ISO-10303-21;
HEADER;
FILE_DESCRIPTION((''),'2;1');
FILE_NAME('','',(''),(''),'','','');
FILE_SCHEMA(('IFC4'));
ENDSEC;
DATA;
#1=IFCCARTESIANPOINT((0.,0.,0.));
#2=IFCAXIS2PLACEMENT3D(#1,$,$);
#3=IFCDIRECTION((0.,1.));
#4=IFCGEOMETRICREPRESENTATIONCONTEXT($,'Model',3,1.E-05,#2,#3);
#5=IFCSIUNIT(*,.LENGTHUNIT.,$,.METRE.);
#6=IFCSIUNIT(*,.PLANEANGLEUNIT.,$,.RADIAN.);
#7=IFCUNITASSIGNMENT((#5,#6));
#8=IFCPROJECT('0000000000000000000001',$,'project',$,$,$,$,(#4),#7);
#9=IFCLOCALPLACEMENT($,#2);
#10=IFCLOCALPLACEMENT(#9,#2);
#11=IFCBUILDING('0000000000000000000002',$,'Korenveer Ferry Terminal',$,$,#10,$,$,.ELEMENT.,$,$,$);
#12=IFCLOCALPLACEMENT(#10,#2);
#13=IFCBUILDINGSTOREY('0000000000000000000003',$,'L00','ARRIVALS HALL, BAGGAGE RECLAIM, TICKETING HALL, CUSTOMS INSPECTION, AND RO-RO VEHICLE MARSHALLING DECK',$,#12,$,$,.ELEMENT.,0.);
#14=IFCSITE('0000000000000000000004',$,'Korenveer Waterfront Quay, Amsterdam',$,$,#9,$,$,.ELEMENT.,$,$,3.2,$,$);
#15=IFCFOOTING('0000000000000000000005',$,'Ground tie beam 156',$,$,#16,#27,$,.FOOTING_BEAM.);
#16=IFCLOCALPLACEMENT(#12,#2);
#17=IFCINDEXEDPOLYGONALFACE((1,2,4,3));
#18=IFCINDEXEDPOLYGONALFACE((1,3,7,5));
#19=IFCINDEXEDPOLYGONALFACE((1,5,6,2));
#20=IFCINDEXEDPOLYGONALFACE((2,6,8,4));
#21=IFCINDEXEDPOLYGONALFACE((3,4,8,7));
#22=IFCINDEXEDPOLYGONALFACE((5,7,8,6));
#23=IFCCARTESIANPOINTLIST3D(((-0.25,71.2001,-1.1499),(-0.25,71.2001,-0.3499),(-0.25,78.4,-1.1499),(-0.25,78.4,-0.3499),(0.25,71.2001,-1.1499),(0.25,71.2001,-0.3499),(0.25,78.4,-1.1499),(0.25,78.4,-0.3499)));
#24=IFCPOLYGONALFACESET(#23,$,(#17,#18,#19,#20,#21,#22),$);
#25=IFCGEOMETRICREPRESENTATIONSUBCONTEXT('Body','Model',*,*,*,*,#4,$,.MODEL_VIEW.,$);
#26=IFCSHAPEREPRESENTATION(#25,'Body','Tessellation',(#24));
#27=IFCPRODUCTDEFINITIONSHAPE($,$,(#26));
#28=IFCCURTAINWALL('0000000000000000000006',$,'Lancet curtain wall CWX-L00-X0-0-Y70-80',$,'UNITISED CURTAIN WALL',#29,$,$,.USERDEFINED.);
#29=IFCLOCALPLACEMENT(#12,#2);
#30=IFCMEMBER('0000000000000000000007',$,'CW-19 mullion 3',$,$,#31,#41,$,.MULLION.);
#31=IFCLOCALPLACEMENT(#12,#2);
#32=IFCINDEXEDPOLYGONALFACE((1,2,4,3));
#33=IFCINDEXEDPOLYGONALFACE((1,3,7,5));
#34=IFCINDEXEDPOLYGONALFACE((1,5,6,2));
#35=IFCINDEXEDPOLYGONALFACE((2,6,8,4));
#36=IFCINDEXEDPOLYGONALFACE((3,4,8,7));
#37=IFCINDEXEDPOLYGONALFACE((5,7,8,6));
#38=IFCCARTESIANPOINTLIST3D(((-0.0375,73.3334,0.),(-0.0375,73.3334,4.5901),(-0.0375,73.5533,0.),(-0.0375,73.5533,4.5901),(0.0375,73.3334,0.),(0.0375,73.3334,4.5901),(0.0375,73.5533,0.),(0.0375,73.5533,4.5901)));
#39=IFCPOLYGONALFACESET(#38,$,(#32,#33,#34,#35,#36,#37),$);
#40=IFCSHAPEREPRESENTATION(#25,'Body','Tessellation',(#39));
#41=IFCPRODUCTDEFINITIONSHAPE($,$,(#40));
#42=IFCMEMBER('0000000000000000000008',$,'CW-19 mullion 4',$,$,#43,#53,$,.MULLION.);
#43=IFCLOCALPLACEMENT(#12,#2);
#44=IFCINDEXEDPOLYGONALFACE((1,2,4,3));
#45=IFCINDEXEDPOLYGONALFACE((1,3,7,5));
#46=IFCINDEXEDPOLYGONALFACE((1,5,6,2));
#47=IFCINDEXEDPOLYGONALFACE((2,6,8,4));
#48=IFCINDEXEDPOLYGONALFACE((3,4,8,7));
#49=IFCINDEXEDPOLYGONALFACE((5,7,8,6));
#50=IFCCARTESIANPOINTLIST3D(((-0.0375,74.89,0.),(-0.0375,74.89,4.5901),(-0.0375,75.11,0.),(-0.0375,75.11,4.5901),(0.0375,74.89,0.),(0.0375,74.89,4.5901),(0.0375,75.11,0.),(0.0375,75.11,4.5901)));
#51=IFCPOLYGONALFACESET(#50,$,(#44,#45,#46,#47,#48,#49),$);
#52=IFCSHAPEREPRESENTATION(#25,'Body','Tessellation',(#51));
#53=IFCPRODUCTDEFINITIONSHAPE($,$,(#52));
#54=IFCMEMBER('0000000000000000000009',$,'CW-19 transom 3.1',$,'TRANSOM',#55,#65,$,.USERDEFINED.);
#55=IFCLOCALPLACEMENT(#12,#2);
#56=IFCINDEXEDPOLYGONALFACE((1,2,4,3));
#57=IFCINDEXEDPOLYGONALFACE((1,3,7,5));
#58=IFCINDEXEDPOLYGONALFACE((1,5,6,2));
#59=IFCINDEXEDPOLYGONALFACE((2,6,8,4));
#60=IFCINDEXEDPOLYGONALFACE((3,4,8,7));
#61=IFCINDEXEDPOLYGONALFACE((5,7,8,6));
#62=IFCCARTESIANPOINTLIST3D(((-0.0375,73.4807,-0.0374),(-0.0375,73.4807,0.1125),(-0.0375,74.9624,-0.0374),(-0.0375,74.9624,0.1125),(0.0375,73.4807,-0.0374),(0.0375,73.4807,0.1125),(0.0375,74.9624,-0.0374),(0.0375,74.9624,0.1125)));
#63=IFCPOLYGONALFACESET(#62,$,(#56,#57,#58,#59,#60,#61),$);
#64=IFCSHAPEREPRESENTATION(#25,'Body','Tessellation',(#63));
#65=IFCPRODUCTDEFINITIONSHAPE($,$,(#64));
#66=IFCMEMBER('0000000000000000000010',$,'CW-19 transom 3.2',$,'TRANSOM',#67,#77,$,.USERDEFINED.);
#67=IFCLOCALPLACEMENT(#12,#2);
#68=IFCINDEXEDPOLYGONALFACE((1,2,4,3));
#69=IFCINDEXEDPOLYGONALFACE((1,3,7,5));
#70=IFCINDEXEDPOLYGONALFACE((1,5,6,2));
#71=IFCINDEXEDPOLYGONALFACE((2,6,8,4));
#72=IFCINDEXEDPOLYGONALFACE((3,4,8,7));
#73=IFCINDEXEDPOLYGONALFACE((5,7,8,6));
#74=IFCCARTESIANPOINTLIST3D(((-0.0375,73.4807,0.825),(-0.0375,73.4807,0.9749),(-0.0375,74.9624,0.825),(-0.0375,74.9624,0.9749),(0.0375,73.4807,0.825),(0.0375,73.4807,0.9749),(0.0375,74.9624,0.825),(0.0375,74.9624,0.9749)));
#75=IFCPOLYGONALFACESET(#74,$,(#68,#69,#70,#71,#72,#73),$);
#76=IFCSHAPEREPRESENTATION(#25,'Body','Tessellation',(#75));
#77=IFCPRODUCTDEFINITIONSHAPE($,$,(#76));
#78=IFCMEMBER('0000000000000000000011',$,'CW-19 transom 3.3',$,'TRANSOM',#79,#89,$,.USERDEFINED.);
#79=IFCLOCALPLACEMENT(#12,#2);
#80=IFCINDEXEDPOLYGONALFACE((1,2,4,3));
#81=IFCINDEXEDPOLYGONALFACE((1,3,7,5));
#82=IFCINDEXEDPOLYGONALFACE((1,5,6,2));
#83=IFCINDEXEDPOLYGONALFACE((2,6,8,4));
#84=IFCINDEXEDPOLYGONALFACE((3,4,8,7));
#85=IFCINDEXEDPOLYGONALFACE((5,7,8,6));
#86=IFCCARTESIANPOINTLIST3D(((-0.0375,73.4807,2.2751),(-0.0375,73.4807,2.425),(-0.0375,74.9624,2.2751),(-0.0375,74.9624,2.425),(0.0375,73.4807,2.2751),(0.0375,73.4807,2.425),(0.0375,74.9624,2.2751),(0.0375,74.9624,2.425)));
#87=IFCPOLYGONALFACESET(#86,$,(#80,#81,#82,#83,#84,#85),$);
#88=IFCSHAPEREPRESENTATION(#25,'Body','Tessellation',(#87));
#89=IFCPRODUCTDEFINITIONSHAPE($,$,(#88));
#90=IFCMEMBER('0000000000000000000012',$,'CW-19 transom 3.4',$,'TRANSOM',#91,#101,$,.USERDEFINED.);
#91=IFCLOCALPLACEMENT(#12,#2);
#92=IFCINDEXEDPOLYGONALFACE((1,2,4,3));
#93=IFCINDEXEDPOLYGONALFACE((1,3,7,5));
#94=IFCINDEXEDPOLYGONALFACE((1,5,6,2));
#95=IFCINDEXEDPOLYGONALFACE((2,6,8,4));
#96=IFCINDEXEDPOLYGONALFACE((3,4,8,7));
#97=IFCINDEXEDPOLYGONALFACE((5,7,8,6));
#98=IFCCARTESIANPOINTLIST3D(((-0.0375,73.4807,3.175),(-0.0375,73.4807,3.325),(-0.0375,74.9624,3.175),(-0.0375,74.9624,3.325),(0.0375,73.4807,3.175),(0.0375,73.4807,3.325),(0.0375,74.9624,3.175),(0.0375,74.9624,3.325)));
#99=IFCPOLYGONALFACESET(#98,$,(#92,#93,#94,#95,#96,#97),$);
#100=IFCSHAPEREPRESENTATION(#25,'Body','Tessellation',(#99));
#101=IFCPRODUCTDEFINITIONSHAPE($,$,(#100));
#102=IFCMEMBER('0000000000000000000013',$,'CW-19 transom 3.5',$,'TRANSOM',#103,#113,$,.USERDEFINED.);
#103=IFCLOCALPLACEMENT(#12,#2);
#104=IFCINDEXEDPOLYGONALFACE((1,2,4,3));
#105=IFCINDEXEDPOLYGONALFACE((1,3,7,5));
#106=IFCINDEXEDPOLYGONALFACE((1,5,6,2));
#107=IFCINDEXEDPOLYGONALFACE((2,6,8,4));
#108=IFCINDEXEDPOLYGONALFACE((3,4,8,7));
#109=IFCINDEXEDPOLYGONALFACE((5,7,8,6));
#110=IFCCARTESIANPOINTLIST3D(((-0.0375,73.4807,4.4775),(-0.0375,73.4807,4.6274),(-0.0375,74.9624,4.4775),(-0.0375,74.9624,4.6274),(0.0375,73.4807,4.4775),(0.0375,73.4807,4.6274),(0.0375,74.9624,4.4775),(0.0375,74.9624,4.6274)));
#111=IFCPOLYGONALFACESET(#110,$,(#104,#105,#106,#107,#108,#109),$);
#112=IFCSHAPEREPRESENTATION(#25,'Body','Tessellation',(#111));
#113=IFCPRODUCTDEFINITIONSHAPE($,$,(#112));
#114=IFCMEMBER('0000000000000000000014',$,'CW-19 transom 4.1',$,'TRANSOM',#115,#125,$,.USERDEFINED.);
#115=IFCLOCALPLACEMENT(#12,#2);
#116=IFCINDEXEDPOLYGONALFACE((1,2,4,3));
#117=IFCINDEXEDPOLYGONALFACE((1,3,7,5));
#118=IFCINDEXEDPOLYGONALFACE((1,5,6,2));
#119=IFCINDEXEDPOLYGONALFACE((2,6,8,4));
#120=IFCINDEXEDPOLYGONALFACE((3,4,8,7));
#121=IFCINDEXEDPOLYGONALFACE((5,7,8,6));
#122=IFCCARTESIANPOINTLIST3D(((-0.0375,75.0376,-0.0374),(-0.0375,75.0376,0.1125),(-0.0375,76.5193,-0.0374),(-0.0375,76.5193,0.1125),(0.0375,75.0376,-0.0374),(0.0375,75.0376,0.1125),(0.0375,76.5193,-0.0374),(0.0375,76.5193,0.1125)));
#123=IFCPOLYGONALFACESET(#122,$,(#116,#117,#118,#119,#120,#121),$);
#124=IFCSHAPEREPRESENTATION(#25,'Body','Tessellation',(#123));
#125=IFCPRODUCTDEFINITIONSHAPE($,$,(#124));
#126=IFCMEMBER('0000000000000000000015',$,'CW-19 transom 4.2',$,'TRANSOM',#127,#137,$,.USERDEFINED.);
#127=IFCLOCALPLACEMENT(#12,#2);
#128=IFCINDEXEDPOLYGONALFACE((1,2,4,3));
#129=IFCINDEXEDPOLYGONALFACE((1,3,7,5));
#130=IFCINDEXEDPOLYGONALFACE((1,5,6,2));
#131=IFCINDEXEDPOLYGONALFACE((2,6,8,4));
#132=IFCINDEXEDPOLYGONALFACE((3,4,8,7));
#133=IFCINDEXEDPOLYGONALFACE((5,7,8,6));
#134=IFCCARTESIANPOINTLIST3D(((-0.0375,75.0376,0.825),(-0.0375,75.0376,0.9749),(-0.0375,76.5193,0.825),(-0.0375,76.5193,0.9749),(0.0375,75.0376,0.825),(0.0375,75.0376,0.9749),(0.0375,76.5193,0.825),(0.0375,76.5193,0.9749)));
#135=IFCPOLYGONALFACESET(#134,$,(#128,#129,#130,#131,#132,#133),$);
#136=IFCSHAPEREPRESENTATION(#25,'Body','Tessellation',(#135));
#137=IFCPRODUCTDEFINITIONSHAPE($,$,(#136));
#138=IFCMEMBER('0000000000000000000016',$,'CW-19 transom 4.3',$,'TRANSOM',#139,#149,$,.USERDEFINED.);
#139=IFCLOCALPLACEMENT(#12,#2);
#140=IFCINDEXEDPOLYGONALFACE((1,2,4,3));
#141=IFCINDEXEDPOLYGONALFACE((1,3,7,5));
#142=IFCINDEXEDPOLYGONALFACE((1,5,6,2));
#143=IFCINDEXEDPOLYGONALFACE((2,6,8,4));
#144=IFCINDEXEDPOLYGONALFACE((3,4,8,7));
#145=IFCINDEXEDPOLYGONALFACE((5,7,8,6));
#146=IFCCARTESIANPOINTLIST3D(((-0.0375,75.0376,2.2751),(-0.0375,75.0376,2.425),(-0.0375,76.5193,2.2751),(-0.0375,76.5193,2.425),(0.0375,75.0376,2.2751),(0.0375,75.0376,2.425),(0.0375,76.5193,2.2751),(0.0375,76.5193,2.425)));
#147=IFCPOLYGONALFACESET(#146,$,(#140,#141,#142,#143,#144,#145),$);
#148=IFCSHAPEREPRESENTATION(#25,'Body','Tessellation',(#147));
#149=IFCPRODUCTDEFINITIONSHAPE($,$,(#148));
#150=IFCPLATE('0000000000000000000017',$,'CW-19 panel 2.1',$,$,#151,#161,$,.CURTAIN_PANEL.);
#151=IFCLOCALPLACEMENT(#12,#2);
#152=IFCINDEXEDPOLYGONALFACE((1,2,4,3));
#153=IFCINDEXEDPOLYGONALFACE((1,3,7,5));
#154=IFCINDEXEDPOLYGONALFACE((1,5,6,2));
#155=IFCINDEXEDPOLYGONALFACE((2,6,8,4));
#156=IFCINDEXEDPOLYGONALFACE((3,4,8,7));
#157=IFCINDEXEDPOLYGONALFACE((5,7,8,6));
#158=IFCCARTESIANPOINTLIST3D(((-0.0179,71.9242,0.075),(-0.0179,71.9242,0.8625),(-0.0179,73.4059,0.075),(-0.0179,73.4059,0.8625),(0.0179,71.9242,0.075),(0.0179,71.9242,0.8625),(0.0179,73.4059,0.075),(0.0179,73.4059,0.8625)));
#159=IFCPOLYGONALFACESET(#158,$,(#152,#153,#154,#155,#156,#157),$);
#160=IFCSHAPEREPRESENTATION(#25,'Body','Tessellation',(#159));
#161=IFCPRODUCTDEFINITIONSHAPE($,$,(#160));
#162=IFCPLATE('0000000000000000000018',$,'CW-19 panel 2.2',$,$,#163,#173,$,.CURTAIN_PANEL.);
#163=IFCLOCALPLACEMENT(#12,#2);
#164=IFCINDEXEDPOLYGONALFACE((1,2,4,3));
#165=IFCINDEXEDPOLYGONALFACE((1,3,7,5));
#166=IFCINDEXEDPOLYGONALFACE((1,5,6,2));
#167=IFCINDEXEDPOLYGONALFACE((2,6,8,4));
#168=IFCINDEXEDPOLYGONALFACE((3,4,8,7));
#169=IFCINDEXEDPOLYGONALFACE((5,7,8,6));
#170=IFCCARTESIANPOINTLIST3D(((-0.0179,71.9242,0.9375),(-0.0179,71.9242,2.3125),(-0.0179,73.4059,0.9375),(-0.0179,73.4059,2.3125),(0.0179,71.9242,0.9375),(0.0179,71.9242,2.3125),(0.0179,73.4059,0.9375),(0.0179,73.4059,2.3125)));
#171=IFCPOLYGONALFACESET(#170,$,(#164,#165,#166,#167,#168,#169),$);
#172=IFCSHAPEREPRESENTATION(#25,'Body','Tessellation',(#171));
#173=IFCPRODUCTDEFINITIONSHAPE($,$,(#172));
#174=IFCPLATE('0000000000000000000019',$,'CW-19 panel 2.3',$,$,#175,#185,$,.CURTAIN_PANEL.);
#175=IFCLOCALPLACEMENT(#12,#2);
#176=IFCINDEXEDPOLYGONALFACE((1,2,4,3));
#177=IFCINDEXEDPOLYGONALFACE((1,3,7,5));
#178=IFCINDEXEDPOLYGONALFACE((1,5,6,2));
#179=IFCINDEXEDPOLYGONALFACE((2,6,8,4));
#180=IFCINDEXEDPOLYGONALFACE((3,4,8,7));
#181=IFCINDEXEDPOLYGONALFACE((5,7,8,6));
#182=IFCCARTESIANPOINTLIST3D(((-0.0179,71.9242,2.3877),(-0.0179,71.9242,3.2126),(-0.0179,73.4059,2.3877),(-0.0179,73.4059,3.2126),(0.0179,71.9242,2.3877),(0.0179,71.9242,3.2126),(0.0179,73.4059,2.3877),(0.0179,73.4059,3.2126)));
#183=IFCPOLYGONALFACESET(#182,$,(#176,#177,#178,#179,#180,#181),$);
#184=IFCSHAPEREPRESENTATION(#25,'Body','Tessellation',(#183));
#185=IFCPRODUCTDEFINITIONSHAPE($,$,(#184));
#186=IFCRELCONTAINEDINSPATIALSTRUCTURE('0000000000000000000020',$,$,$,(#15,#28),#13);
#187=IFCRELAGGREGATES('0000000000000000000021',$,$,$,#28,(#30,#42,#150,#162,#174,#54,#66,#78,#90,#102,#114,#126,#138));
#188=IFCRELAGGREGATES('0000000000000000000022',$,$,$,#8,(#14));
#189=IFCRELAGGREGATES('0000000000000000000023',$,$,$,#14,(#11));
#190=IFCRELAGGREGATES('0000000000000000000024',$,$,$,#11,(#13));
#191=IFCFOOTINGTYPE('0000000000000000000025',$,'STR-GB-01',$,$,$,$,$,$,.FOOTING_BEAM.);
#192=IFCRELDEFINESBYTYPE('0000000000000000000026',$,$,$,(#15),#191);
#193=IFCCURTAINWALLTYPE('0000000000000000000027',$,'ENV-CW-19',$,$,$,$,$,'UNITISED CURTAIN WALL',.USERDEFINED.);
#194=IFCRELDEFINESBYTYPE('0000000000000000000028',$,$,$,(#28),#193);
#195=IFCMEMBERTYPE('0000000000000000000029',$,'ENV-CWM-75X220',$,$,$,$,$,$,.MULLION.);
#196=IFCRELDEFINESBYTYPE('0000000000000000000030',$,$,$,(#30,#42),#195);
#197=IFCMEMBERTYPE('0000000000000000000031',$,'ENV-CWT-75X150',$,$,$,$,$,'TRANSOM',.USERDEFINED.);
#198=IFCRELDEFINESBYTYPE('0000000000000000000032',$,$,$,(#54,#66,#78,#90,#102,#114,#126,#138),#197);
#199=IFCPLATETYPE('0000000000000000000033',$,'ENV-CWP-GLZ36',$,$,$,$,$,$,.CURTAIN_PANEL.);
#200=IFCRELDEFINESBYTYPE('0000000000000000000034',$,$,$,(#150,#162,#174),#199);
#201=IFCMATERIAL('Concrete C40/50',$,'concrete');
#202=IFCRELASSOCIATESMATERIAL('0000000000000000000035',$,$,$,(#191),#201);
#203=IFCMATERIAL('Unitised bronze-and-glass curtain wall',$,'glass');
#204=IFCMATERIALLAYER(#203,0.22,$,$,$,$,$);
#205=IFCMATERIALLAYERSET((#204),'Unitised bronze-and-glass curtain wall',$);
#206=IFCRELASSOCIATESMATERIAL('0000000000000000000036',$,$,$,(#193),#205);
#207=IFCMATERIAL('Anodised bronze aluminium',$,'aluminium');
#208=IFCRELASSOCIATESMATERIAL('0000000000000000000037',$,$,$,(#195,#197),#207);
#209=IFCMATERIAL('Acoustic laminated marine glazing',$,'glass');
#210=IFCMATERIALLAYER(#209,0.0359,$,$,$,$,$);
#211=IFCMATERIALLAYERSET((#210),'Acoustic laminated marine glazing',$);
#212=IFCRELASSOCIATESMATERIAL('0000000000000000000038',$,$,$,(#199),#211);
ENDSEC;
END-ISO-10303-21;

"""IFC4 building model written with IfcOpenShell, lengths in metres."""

from ifc_helpers import new_model, si_unit, direction, frame, origin, origin_2d, place, context, subcontext, project, spatial, rectangle, extrude, material, layer, layer_set, material_profile, profile_set, type_object, element, aggregate, save


model = new_model("IFC4")

# Units and contexts
model_context = context("Model", 3, precision=1e-05, world=origin(), true_north=direction((0.0, 1.0)))
body_context = subcontext(model_context, "Body", "Model", "MODEL_VIEW")
ifc_project = project(units=[si_unit("LENGTHUNIT", "METRE"), si_unit("PLANEANGLEUNIT", "RADIAN")], contexts=[model_context])

# Site, building, storey
site_placement = place(None, origin())
site = spatial("IfcSite", under=ifc_project, at=site_placement, Name="Korenveer Waterfront Quay, Amsterdam", CompositionType="ELEMENT", RefElevation=3.2)
building_placement = place(site_placement, origin())
building = spatial("IfcBuilding", under=site, at=building_placement, Name="Korenveer Ferry Terminal", CompositionType="ELEMENT")
storey_placement = place(building_placement, origin())
storey = spatial("IfcBuildingStorey", under=building, at=storey_placement, Name="L00", Description="ARRIVALS HALL, BAGGAGE RECLAIM, TICKETING HALL, CUSTOMS INSPECTION, AND RO-RO VEHICLE MARSHALLING DECK", CompositionType="ELEMENT", Elevation=0.0)

# Footing
ifc_material_1 = material(Name="Concrete C40/50", Category="concrete")
footing_type = type_object("IfcFootingType", Name="STR-GB-01", PredefinedType="FOOTING_BEAM", material=ifc_material_1)
footing_placement = place(storey_placement, frame((0.0, 74.8, -1.1499), z_axis=(0.0, 0.0, 1.0), x_axis=(1.0, 0.0, 0.0)))
element("IfcFooting", 1, at=footing_placement, inside=storey, type_object=footing_type, Name="Ground tie beam 156", PredefinedType="FOOTING_BEAM", context=body_context, shape_type="SweptSolid", body=[
    extrude(rectangle(XDim=0.5, YDim=7.2, at=origin_2d()), origin(), (0.0, 0.0, 1.0), 0.8),
])

# Curtain wall, members, plates
ifc_material_2 = material(Name="Unitised bronze-and-glass curtain wall", Category="glass")
ifc_layer_1 = layer(ifc_material_2, 0.22)
ifc_layer_set_1 = layer_set([ifc_layer_1], Name="Unitised bronze-and-glass curtain wall")
curtain_wall_type = type_object("IfcCurtainWallType", Name="ENV-CW-19", ElementType="UNITISED CURTAIN WALL", PredefinedType="USERDEFINED", material=ifc_layer_set_1)
curtain_wall_placement = place(storey_placement, frame((0.0, 70.3301, 0.0)))
curtain_wall = element("IfcCurtainWall", 2, at=curtain_wall_placement, inside=storey, type_object=curtain_wall_type, Name="Lancet curtain wall CWX-L00-X0-0-Y70-80", ObjectType="UNITISED CURTAIN WALL", PredefinedType="USERDEFINED")
ifc_material_3 = material(Name="Anodised bronze aluminium", Category="aluminium")
ifc_material_profile_1 = material_profile(ifc_material_3, rectangle(XDim=0.075, YDim=0.22, at=origin_2d()), Name="ALU 75x220")
ifc_profile_set_1 = profile_set([ifc_material_profile_1], Name="Anodised bronze aluminium")
member_type_1 = type_object("IfcMemberType", Name="ENV-CWM-75X220", PredefinedType="MULLION", material=ifc_profile_set_1)
member_1_placement = place(storey_placement, frame((0.0, 73.4434, 0.0), z_axis=(0.0, 0.0, 1.0), x_axis=(-1.0, 0.0, 0.0)))
member_1 = element("IfcMember", 3, at=member_1_placement, type_object=member_type_1, Name="CW-19 mullion 3", PredefinedType="MULLION", context=body_context, shape_type="SweptSolid", body=[
    extrude(rectangle(XDim=0.075, YDim=0.22, at=origin_2d()), origin(), (0.0, 0.0, 1.0), 4.5901),
])
member_2_placement = place(storey_placement, frame((0.0, 75.0, 0.0), z_axis=(0.0, 0.0, 1.0), x_axis=(-1.0, 0.0, 0.0)))
member_2 = element("IfcMember", 4, at=member_2_placement, type_object=member_type_1, Name="CW-19 mullion 4", PredefinedType="MULLION", context=body_context, shape_type="SweptSolid", body=[
    extrude(rectangle(XDim=0.075, YDim=0.22, at=origin_2d()), origin(), (0.0, 0.0, 1.0), 4.5901),
])
ifc_material_profile_2 = material_profile(ifc_material_3, rectangle(XDim=0.075, YDim=0.1499, at=origin_2d()), Name="ALU 75x150")
ifc_profile_set_2 = profile_set([ifc_material_profile_2], Name="Anodised bronze aluminium")
member_type_2 = type_object("IfcMemberType", Name="ENV-CWT-75X150", ElementType="TRANSOM", PredefinedType="USERDEFINED", material=ifc_profile_set_2)
member_3_placement = place(storey_placement, frame((0.0, 73.4807, 0.0376), z_axis=(0.0, 1.0, 0.0), x_axis=(-1.0, 0.0, 0.0)))
member_3 = element("IfcMember", 5, at=member_3_placement, type_object=member_type_2, Name="CW-19 transom 3.1", ObjectType="TRANSOM", PredefinedType="USERDEFINED", context=body_context, shape_type="SweptSolid", body=[
    extrude(rectangle(XDim=0.075, YDim=0.1499, at=origin_2d()), origin(), (0.0, 0.0, 1.0), 1.4817),
])
member_4_placement = place(storey_placement, frame((0.0, 73.4807, 0.8999), z_axis=(0.0, 1.0, 0.0), x_axis=(-1.0, 0.0, 0.0)))
member_4 = element("IfcMember", 6, at=member_4_placement, type_object=member_type_2, Name="CW-19 transom 3.2", ObjectType="TRANSOM", PredefinedType="USERDEFINED", context=body_context, shape_type="SweptSolid", body=[
    extrude(rectangle(XDim=0.075, YDim=0.1499, at=origin_2d()), origin(), (0.0, 0.0, 1.0), 1.4817),
])
member_5_placement = place(storey_placement, frame((0.0, 73.4807, 2.3501), z_axis=(0.0, 1.0, 0.0), x_axis=(-1.0, 0.0, 0.0)))
member_5 = element("IfcMember", 7, at=member_5_placement, type_object=member_type_2, Name="CW-19 transom 3.3", ObjectType="TRANSOM", PredefinedType="USERDEFINED", context=body_context, shape_type="SweptSolid", body=[
    extrude(rectangle(XDim=0.075, YDim=0.1499, at=origin_2d()), origin(), (0.0, 0.0, 1.0), 1.4817),
])
member_6_placement = place(storey_placement, frame((0.0, 73.4807, 3.25), z_axis=(0.0, 1.0, 0.0), x_axis=(-1.0, 0.0, 0.0)))
member_6 = element("IfcMember", 8, at=member_6_placement, type_object=member_type_2, Name="CW-19 transom 3.4", ObjectType="TRANSOM", PredefinedType="USERDEFINED", context=body_context, shape_type="SweptSolid", body=[
    extrude(rectangle(XDim=0.075, YDim=0.1499, at=origin_2d()), origin(), (0.0, 0.0, 1.0), 1.4817),
])
member_7_placement = place(storey_placement, frame((0.0, 73.4807, 4.5525), z_axis=(0.0, 1.0, 0.0), x_axis=(-1.0, 0.0, 0.0)))
member_7 = element("IfcMember", 9, at=member_7_placement, type_object=member_type_2, Name="CW-19 transom 3.5", ObjectType="TRANSOM", PredefinedType="USERDEFINED", context=body_context, shape_type="SweptSolid", body=[
    extrude(rectangle(XDim=0.075, YDim=0.1499, at=origin_2d()), origin(), (0.0, 0.0, 1.0), 1.4817),
])
member_8_placement = place(storey_placement, frame((0.0, 75.0376, 0.0376), z_axis=(0.0, 1.0, 0.0), x_axis=(-1.0, 0.0, 0.0)))
member_8 = element("IfcMember", 10, at=member_8_placement, type_object=member_type_2, Name="CW-19 transom 4.1", ObjectType="TRANSOM", PredefinedType="USERDEFINED", context=body_context, shape_type="SweptSolid", body=[
    extrude(rectangle(XDim=0.075, YDim=0.1499, at=origin_2d()), origin(), (0.0, 0.0, 1.0), 1.4817),
])
member_9_placement = place(storey_placement, frame((0.0, 75.0376, 0.8999), z_axis=(0.0, 1.0, 0.0), x_axis=(-1.0, 0.0, 0.0)))
member_9 = element("IfcMember", 11, at=member_9_placement, type_object=member_type_2, Name="CW-19 transom 4.2", ObjectType="TRANSOM", PredefinedType="USERDEFINED", context=body_context, shape_type="SweptSolid", body=[
    extrude(rectangle(XDim=0.075, YDim=0.1499, at=origin_2d()), origin(), (0.0, 0.0, 1.0), 1.4817),
])
member_10_placement = place(storey_placement, frame((0.0, 75.0376, 2.3501), z_axis=(0.0, 1.0, 0.0), x_axis=(-1.0, 0.0, 0.0)))
member_10 = element("IfcMember", 12, at=member_10_placement, type_object=member_type_2, Name="CW-19 transom 4.3", ObjectType="TRANSOM", PredefinedType="USERDEFINED", context=body_context, shape_type="SweptSolid", body=[
    extrude(rectangle(XDim=0.075, YDim=0.1499, at=origin_2d()), origin(), (0.0, 0.0, 1.0), 1.4817),
])
ifc_material_4 = material(Name="Acoustic laminated marine glazing", Category="glass")
ifc_layer_2 = layer(ifc_material_4, 0.0359)
ifc_layer_set_2 = layer_set([ifc_layer_2], Name="Acoustic laminated marine glazing")
plate_type = type_object("IfcPlateType", Name="ENV-CWP-GLZ36", PredefinedType="CURTAIN_PANEL", material=ifc_layer_set_2)
plate_1_placement = place(storey_placement, frame((0.0, 72.665, 0.075), z_axis=(0.0, 0.0, 1.0), x_axis=(0.0, 1.0, 0.0)))
plate_1 = element("IfcPlate", 13, at=plate_1_placement, type_object=plate_type, Name="CW-19 panel 2.1", PredefinedType="CURTAIN_PANEL", context=body_context, shape_type="SweptSolid", body=[
    extrude(rectangle(XDim=1.4817, YDim=0.0359, at=origin_2d()), origin(), (0.0, 0.0, 1.0), 0.7876),
])
plate_2_placement = place(storey_placement, frame((0.0, 72.665, 0.9375), z_axis=(0.0, 0.0, 1.0), x_axis=(0.0, 1.0, 0.0)))
plate_2 = element("IfcPlate", 14, at=plate_2_placement, type_object=plate_type, Name="CW-19 panel 2.2", PredefinedType="CURTAIN_PANEL", context=body_context, shape_type="SweptSolid", body=[
    extrude(rectangle(XDim=1.4817, YDim=0.0359, at=origin_2d()), origin(), (0.0, 0.0, 1.0), 1.375),
])
plate_3_placement = place(storey_placement, frame((0.0, 72.665, 2.3877), z_axis=(0.0, 0.0, 1.0), x_axis=(0.0, 1.0, 0.0)))
plate_3 = element("IfcPlate", 15, at=plate_3_placement, type_object=plate_type, Name="CW-19 panel 2.3", PredefinedType="CURTAIN_PANEL", context=body_context, shape_type="SweptSolid", body=[
    extrude(rectangle(XDim=1.4817, YDim=0.0359, at=origin_2d()), origin(), (0.0, 0.0, 1.0), 0.825),
])
aggregate(curtain_wall, [member_1, member_2, plate_1, plate_2, plate_3, member_3, member_4, member_5, member_6, member_7, member_8, member_9, member_10])

save(model, "model.ifc")
